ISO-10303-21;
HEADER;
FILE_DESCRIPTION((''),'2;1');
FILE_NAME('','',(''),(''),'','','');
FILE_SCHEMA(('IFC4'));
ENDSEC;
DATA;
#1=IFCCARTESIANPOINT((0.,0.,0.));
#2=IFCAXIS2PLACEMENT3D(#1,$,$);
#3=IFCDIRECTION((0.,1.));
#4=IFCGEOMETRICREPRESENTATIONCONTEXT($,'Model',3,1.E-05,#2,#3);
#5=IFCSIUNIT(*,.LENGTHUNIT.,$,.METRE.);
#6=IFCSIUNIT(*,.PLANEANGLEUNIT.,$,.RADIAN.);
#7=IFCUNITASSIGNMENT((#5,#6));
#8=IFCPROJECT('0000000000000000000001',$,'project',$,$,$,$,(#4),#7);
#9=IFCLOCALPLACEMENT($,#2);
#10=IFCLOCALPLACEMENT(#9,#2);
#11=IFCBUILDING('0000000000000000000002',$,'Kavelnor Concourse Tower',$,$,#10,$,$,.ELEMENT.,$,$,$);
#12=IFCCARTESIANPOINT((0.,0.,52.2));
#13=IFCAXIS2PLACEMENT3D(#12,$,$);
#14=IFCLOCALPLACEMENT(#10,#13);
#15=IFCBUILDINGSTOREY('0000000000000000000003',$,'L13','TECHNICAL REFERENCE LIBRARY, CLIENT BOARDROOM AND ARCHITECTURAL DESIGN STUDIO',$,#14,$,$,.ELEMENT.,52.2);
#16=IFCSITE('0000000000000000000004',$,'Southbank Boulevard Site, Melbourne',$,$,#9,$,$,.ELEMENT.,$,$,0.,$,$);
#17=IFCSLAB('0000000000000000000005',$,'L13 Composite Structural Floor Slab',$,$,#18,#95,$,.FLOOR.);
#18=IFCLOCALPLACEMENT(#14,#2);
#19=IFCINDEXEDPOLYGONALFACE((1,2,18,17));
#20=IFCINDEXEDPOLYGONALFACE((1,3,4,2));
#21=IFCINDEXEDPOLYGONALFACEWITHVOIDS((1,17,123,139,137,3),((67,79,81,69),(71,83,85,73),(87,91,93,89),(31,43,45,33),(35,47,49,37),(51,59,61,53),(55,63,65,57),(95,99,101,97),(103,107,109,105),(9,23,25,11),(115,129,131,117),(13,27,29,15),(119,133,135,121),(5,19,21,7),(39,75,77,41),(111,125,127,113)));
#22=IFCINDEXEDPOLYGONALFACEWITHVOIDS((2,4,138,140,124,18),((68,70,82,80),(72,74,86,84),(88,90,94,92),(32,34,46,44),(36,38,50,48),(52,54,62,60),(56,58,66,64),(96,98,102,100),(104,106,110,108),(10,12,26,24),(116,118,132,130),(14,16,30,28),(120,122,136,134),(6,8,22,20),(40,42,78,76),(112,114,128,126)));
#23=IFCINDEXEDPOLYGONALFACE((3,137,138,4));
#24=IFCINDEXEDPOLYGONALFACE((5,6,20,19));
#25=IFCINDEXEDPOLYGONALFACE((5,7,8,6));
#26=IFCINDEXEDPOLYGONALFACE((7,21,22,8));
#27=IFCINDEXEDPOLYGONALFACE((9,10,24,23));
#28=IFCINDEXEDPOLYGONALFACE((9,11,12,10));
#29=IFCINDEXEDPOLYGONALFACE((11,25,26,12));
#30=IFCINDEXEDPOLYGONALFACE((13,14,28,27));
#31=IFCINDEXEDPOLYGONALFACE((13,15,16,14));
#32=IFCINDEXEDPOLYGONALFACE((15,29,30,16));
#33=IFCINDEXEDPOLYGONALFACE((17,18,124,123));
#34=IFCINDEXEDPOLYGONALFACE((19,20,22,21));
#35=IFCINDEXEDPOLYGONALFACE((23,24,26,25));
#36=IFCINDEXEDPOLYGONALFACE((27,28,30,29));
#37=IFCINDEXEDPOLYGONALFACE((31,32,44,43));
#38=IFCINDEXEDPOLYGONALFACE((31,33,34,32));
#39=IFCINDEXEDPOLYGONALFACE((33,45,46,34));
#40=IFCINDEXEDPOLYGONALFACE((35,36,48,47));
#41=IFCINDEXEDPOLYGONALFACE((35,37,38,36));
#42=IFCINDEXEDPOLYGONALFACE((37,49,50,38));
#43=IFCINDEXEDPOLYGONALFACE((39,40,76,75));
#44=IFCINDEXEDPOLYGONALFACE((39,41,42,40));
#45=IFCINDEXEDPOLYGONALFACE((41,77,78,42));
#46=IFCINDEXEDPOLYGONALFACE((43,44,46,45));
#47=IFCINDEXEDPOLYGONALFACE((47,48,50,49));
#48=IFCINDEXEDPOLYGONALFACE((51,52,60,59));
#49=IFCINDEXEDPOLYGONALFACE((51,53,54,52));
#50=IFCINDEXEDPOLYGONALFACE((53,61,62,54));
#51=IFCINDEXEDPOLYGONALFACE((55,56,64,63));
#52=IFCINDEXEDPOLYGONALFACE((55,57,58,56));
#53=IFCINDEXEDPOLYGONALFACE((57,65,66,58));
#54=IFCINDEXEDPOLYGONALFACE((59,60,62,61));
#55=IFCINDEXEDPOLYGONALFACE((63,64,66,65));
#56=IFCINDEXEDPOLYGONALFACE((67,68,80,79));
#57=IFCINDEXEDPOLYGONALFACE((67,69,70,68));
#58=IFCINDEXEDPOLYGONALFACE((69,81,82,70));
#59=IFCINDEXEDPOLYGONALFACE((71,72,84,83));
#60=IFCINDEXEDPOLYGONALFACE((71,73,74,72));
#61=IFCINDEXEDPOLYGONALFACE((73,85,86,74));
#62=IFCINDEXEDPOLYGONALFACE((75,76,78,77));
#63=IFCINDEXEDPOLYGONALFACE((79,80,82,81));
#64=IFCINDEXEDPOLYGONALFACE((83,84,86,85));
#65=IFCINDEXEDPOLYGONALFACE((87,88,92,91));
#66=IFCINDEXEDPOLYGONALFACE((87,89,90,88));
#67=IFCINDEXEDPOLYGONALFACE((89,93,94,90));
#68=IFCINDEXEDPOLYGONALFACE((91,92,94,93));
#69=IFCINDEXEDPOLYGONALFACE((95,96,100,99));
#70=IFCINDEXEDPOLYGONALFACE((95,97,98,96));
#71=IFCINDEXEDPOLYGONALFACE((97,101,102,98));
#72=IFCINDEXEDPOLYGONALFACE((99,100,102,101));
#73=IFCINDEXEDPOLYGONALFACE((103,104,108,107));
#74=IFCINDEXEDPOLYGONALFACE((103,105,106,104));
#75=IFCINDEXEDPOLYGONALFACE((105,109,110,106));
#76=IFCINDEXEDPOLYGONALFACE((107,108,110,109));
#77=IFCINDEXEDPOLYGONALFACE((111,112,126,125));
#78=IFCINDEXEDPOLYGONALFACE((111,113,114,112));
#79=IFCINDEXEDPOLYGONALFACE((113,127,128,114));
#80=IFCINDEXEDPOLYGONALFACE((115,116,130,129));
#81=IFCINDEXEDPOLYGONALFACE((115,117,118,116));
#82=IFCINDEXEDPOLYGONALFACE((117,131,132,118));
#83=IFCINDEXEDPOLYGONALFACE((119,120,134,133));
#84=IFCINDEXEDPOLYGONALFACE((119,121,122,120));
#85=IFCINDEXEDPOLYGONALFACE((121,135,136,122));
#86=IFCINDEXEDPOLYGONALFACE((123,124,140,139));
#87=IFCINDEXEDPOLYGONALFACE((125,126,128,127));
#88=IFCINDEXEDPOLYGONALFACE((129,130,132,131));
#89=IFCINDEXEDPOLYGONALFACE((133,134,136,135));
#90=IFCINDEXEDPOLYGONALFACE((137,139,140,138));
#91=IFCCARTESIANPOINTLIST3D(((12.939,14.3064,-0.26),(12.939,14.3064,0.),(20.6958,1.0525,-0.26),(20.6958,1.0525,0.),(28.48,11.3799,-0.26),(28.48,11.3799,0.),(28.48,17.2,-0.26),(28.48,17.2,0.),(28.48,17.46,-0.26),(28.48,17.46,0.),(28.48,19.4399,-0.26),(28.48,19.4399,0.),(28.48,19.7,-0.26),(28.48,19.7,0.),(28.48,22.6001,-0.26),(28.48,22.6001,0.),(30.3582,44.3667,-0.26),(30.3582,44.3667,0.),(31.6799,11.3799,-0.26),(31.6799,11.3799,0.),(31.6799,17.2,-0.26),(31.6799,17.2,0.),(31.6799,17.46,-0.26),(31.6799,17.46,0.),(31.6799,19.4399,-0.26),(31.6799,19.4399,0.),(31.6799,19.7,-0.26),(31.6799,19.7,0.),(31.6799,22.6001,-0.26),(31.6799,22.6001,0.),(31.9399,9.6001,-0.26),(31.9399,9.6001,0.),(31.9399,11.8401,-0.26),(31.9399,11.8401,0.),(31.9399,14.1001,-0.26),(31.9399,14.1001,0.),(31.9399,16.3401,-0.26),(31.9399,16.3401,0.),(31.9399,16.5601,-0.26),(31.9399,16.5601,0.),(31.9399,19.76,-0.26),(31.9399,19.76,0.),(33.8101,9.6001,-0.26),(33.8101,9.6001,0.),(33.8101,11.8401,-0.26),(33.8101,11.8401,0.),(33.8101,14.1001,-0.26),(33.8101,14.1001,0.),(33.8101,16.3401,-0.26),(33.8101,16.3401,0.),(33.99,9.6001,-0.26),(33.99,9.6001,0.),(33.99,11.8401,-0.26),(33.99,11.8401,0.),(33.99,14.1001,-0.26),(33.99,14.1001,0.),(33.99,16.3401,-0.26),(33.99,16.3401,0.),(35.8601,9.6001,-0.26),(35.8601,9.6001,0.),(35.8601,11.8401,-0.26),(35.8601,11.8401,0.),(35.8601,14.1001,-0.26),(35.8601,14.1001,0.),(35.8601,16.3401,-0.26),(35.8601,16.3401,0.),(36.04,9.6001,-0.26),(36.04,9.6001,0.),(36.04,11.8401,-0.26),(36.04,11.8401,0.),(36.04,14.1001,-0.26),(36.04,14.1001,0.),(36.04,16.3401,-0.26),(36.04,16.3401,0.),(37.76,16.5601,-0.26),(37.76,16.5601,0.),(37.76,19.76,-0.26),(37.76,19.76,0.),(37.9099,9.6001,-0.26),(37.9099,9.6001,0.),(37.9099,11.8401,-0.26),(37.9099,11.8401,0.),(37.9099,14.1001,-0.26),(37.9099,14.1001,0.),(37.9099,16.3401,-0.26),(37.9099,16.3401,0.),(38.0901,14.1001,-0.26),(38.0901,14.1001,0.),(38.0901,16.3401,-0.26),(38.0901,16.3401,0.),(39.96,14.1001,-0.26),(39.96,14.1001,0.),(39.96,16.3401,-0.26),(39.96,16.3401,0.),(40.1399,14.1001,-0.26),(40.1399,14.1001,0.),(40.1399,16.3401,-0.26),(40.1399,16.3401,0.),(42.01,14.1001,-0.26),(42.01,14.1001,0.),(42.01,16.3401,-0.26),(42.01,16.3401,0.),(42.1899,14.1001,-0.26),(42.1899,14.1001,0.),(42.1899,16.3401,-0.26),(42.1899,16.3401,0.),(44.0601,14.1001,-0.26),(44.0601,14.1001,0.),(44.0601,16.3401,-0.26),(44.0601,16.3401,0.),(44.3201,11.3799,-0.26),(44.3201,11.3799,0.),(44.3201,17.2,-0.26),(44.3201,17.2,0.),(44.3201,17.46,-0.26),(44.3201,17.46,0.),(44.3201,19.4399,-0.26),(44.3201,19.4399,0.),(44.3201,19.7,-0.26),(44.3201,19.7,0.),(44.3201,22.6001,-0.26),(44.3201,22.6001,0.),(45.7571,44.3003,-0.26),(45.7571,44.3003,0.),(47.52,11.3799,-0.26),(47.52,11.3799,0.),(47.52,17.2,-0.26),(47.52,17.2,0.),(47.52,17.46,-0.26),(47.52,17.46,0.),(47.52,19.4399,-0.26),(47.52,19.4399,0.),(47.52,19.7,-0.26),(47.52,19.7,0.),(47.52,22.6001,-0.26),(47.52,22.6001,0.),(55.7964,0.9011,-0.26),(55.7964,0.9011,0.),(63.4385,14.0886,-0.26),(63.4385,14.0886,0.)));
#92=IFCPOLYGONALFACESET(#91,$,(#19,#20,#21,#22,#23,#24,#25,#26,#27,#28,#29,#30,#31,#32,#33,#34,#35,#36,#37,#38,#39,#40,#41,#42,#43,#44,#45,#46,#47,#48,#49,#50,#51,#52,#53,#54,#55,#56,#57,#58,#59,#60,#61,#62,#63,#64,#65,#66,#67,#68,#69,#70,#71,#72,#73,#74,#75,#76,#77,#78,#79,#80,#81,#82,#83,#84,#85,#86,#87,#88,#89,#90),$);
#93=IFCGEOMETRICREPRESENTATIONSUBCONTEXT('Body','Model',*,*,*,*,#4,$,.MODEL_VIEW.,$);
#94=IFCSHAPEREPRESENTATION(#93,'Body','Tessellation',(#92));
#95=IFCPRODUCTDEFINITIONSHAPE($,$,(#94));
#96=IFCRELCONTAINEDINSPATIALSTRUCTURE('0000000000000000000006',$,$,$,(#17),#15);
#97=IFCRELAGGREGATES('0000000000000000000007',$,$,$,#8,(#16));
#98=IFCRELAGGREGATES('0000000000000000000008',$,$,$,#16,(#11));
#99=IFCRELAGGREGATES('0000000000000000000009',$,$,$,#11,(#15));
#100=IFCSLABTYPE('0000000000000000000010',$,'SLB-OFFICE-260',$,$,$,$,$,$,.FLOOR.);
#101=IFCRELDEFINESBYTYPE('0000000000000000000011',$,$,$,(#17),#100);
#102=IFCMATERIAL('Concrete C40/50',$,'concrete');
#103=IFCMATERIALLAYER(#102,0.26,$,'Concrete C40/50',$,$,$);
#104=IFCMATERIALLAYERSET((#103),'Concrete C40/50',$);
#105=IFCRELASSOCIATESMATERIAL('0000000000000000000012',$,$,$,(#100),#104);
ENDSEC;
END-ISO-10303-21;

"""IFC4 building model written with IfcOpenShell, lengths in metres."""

from ifc_helpers import new_model, si_unit, direction, frame, origin, place, context, subcontext, project, spatial, polyline, outline, extrude, material, layer, layer_set, type_object, element, save


model = new_model("IFC4")

# Units and contexts
model_context = context("Model", 3, precision=1e-05, world=origin(), true_north=direction((0.0, 1.0)))
body_context = subcontext(model_context, "Body", "Model", "MODEL_VIEW")
ifc_project = project(units=[si_unit("LENGTHUNIT", "METRE"), si_unit("PLANEANGLEUNIT", "RADIAN")], contexts=[model_context])

# Site, building, storey
site_placement = place(None, origin())
site = spatial("IfcSite", under=ifc_project, at=site_placement, Name="Southbank Boulevard Site, Melbourne", CompositionType="ELEMENT", RefElevation=0.0)
building_placement = place(site_placement, origin())
building = spatial("IfcBuilding", under=site, at=building_placement, Name="Kavelnor Concourse Tower", CompositionType="ELEMENT")
storey_placement = place(building_placement, frame((0.0, 0.0, 52.2)))
storey = spatial("IfcBuildingStorey", under=building, at=storey_placement, Name="L13", Description="TECHNICAL REFERENCE LIBRARY, CLIENT BOARDROOM AND ARCHITECTURAL DESIGN STUDIO", CompositionType="ELEMENT", Elevation=52.2)

# Shared definitions
ifc_material_1 = material(Name="Concrete C40/50", Category="concrete")

# Slab
ifc_layer_1 = layer(ifc_material_1, 0.26, Name="Concrete C40/50")
ifc_layer_set_1 = layer_set([ifc_layer_1], Name="Concrete C40/50")
slab_type_1 = type_object("IfcSlabType", Name="SLB-OFFICE-260", PredefinedType="FLOOR", material=ifc_layer_set_1)
slab_1_placement = place(storey_placement, frame((0.0, 0.0, -0.26)))
element("IfcSlab", 1, at=slab_1_placement, inside=storey, type_object=slab_type_1, Name="L13 Composite Structural Floor Slab", PredefinedType="FLOOR", context=body_context, shape_type="SweptSolid", body=[
    extrude(outline(polyline([(45.7571, 44.3003), (30.3582, 44.3667), (12.939, 14.3064), (20.6958, 1.0525), (55.7964, 0.9011), (63.4385, 14.0886), (45.7571, 44.3003)]), holes=[polyline([(28.48, 11.3799), (31.6799, 11.3799), (31.6799, 17.2), (28.48, 17.2), (28.48, 11.3799)]), polyline([(44.3201, 11.3799), (47.52, 11.3799), (47.52, 17.2), (44.3201, 17.2), (44.3201, 11.3799)]), polyline([(31.9399, 16.5601), (37.76, 16.5601), (37.76, 19.76), (31.9399, 19.76), (31.9399, 16.5601)]), polyline([(28.48, 19.7), (31.6799, 19.7), (31.6799, 22.6001), (28.48, 22.6001), (28.48, 19.7)]), polyline([(44.3201, 19.7), (47.52, 19.7), (47.52, 22.6001), (44.3201, 22.6001), (44.3201, 19.7)]), polyline([(31.9399, 14.1001), (33.8101, 14.1001), (33.8101, 16.3401), (31.9399, 16.3401), (31.9399, 14.1001)]), polyline([(33.99, 14.1001), (35.8601, 14.1001), (35.8601, 16.3401), (33.99, 16.3401), (33.99, 14.1001)]), polyline([(36.04, 14.1001), (37.9099, 14.1001), (37.9099, 16.3401), (36.04, 16.3401), (36.04, 14.1001)]), polyline([(38.0901, 14.1001), (39.96, 14.1001), (39.96, 16.3401), (38.0901, 16.3401), (38.0901, 14.1001)]), polyline([(40.1399, 14.1001), (42.01, 14.1001), (42.01, 16.3401), (40.1399, 16.3401), (40.1399, 14.1001)]), polyline([(42.1899, 14.1001), (44.0601, 14.1001), (44.0601, 16.3401), (42.1899, 16.3401), (42.1899, 14.1001)]), polyline([(31.9399, 9.6001), (33.8101, 9.6001), (33.8101, 11.8401), (31.9399, 11.8401), (31.9399, 9.6001)]), polyline([(33.99, 9.6001), (35.8601, 9.6001), (35.8601, 11.8401), (33.99, 11.8401), (33.99, 9.6001)]), polyline([(36.04, 9.6001), (37.9099, 9.6001), (37.9099, 11.8401), (36.04, 11.8401), (36.04, 9.6001)]), polyline([(28.48, 17.46), (31.6799, 17.46), (31.6799, 19.4399), (28.48, 19.4399), (28.48, 17.46)]), polyline([(44.3201, 17.46), (47.52, 17.46), (47.52, 19.4399), (44.3201, 19.4399), (44.3201, 17.46)])]), origin(), (0.0, 0.0, 1.0), 0.26),
])

save(model, "model.ifc")
